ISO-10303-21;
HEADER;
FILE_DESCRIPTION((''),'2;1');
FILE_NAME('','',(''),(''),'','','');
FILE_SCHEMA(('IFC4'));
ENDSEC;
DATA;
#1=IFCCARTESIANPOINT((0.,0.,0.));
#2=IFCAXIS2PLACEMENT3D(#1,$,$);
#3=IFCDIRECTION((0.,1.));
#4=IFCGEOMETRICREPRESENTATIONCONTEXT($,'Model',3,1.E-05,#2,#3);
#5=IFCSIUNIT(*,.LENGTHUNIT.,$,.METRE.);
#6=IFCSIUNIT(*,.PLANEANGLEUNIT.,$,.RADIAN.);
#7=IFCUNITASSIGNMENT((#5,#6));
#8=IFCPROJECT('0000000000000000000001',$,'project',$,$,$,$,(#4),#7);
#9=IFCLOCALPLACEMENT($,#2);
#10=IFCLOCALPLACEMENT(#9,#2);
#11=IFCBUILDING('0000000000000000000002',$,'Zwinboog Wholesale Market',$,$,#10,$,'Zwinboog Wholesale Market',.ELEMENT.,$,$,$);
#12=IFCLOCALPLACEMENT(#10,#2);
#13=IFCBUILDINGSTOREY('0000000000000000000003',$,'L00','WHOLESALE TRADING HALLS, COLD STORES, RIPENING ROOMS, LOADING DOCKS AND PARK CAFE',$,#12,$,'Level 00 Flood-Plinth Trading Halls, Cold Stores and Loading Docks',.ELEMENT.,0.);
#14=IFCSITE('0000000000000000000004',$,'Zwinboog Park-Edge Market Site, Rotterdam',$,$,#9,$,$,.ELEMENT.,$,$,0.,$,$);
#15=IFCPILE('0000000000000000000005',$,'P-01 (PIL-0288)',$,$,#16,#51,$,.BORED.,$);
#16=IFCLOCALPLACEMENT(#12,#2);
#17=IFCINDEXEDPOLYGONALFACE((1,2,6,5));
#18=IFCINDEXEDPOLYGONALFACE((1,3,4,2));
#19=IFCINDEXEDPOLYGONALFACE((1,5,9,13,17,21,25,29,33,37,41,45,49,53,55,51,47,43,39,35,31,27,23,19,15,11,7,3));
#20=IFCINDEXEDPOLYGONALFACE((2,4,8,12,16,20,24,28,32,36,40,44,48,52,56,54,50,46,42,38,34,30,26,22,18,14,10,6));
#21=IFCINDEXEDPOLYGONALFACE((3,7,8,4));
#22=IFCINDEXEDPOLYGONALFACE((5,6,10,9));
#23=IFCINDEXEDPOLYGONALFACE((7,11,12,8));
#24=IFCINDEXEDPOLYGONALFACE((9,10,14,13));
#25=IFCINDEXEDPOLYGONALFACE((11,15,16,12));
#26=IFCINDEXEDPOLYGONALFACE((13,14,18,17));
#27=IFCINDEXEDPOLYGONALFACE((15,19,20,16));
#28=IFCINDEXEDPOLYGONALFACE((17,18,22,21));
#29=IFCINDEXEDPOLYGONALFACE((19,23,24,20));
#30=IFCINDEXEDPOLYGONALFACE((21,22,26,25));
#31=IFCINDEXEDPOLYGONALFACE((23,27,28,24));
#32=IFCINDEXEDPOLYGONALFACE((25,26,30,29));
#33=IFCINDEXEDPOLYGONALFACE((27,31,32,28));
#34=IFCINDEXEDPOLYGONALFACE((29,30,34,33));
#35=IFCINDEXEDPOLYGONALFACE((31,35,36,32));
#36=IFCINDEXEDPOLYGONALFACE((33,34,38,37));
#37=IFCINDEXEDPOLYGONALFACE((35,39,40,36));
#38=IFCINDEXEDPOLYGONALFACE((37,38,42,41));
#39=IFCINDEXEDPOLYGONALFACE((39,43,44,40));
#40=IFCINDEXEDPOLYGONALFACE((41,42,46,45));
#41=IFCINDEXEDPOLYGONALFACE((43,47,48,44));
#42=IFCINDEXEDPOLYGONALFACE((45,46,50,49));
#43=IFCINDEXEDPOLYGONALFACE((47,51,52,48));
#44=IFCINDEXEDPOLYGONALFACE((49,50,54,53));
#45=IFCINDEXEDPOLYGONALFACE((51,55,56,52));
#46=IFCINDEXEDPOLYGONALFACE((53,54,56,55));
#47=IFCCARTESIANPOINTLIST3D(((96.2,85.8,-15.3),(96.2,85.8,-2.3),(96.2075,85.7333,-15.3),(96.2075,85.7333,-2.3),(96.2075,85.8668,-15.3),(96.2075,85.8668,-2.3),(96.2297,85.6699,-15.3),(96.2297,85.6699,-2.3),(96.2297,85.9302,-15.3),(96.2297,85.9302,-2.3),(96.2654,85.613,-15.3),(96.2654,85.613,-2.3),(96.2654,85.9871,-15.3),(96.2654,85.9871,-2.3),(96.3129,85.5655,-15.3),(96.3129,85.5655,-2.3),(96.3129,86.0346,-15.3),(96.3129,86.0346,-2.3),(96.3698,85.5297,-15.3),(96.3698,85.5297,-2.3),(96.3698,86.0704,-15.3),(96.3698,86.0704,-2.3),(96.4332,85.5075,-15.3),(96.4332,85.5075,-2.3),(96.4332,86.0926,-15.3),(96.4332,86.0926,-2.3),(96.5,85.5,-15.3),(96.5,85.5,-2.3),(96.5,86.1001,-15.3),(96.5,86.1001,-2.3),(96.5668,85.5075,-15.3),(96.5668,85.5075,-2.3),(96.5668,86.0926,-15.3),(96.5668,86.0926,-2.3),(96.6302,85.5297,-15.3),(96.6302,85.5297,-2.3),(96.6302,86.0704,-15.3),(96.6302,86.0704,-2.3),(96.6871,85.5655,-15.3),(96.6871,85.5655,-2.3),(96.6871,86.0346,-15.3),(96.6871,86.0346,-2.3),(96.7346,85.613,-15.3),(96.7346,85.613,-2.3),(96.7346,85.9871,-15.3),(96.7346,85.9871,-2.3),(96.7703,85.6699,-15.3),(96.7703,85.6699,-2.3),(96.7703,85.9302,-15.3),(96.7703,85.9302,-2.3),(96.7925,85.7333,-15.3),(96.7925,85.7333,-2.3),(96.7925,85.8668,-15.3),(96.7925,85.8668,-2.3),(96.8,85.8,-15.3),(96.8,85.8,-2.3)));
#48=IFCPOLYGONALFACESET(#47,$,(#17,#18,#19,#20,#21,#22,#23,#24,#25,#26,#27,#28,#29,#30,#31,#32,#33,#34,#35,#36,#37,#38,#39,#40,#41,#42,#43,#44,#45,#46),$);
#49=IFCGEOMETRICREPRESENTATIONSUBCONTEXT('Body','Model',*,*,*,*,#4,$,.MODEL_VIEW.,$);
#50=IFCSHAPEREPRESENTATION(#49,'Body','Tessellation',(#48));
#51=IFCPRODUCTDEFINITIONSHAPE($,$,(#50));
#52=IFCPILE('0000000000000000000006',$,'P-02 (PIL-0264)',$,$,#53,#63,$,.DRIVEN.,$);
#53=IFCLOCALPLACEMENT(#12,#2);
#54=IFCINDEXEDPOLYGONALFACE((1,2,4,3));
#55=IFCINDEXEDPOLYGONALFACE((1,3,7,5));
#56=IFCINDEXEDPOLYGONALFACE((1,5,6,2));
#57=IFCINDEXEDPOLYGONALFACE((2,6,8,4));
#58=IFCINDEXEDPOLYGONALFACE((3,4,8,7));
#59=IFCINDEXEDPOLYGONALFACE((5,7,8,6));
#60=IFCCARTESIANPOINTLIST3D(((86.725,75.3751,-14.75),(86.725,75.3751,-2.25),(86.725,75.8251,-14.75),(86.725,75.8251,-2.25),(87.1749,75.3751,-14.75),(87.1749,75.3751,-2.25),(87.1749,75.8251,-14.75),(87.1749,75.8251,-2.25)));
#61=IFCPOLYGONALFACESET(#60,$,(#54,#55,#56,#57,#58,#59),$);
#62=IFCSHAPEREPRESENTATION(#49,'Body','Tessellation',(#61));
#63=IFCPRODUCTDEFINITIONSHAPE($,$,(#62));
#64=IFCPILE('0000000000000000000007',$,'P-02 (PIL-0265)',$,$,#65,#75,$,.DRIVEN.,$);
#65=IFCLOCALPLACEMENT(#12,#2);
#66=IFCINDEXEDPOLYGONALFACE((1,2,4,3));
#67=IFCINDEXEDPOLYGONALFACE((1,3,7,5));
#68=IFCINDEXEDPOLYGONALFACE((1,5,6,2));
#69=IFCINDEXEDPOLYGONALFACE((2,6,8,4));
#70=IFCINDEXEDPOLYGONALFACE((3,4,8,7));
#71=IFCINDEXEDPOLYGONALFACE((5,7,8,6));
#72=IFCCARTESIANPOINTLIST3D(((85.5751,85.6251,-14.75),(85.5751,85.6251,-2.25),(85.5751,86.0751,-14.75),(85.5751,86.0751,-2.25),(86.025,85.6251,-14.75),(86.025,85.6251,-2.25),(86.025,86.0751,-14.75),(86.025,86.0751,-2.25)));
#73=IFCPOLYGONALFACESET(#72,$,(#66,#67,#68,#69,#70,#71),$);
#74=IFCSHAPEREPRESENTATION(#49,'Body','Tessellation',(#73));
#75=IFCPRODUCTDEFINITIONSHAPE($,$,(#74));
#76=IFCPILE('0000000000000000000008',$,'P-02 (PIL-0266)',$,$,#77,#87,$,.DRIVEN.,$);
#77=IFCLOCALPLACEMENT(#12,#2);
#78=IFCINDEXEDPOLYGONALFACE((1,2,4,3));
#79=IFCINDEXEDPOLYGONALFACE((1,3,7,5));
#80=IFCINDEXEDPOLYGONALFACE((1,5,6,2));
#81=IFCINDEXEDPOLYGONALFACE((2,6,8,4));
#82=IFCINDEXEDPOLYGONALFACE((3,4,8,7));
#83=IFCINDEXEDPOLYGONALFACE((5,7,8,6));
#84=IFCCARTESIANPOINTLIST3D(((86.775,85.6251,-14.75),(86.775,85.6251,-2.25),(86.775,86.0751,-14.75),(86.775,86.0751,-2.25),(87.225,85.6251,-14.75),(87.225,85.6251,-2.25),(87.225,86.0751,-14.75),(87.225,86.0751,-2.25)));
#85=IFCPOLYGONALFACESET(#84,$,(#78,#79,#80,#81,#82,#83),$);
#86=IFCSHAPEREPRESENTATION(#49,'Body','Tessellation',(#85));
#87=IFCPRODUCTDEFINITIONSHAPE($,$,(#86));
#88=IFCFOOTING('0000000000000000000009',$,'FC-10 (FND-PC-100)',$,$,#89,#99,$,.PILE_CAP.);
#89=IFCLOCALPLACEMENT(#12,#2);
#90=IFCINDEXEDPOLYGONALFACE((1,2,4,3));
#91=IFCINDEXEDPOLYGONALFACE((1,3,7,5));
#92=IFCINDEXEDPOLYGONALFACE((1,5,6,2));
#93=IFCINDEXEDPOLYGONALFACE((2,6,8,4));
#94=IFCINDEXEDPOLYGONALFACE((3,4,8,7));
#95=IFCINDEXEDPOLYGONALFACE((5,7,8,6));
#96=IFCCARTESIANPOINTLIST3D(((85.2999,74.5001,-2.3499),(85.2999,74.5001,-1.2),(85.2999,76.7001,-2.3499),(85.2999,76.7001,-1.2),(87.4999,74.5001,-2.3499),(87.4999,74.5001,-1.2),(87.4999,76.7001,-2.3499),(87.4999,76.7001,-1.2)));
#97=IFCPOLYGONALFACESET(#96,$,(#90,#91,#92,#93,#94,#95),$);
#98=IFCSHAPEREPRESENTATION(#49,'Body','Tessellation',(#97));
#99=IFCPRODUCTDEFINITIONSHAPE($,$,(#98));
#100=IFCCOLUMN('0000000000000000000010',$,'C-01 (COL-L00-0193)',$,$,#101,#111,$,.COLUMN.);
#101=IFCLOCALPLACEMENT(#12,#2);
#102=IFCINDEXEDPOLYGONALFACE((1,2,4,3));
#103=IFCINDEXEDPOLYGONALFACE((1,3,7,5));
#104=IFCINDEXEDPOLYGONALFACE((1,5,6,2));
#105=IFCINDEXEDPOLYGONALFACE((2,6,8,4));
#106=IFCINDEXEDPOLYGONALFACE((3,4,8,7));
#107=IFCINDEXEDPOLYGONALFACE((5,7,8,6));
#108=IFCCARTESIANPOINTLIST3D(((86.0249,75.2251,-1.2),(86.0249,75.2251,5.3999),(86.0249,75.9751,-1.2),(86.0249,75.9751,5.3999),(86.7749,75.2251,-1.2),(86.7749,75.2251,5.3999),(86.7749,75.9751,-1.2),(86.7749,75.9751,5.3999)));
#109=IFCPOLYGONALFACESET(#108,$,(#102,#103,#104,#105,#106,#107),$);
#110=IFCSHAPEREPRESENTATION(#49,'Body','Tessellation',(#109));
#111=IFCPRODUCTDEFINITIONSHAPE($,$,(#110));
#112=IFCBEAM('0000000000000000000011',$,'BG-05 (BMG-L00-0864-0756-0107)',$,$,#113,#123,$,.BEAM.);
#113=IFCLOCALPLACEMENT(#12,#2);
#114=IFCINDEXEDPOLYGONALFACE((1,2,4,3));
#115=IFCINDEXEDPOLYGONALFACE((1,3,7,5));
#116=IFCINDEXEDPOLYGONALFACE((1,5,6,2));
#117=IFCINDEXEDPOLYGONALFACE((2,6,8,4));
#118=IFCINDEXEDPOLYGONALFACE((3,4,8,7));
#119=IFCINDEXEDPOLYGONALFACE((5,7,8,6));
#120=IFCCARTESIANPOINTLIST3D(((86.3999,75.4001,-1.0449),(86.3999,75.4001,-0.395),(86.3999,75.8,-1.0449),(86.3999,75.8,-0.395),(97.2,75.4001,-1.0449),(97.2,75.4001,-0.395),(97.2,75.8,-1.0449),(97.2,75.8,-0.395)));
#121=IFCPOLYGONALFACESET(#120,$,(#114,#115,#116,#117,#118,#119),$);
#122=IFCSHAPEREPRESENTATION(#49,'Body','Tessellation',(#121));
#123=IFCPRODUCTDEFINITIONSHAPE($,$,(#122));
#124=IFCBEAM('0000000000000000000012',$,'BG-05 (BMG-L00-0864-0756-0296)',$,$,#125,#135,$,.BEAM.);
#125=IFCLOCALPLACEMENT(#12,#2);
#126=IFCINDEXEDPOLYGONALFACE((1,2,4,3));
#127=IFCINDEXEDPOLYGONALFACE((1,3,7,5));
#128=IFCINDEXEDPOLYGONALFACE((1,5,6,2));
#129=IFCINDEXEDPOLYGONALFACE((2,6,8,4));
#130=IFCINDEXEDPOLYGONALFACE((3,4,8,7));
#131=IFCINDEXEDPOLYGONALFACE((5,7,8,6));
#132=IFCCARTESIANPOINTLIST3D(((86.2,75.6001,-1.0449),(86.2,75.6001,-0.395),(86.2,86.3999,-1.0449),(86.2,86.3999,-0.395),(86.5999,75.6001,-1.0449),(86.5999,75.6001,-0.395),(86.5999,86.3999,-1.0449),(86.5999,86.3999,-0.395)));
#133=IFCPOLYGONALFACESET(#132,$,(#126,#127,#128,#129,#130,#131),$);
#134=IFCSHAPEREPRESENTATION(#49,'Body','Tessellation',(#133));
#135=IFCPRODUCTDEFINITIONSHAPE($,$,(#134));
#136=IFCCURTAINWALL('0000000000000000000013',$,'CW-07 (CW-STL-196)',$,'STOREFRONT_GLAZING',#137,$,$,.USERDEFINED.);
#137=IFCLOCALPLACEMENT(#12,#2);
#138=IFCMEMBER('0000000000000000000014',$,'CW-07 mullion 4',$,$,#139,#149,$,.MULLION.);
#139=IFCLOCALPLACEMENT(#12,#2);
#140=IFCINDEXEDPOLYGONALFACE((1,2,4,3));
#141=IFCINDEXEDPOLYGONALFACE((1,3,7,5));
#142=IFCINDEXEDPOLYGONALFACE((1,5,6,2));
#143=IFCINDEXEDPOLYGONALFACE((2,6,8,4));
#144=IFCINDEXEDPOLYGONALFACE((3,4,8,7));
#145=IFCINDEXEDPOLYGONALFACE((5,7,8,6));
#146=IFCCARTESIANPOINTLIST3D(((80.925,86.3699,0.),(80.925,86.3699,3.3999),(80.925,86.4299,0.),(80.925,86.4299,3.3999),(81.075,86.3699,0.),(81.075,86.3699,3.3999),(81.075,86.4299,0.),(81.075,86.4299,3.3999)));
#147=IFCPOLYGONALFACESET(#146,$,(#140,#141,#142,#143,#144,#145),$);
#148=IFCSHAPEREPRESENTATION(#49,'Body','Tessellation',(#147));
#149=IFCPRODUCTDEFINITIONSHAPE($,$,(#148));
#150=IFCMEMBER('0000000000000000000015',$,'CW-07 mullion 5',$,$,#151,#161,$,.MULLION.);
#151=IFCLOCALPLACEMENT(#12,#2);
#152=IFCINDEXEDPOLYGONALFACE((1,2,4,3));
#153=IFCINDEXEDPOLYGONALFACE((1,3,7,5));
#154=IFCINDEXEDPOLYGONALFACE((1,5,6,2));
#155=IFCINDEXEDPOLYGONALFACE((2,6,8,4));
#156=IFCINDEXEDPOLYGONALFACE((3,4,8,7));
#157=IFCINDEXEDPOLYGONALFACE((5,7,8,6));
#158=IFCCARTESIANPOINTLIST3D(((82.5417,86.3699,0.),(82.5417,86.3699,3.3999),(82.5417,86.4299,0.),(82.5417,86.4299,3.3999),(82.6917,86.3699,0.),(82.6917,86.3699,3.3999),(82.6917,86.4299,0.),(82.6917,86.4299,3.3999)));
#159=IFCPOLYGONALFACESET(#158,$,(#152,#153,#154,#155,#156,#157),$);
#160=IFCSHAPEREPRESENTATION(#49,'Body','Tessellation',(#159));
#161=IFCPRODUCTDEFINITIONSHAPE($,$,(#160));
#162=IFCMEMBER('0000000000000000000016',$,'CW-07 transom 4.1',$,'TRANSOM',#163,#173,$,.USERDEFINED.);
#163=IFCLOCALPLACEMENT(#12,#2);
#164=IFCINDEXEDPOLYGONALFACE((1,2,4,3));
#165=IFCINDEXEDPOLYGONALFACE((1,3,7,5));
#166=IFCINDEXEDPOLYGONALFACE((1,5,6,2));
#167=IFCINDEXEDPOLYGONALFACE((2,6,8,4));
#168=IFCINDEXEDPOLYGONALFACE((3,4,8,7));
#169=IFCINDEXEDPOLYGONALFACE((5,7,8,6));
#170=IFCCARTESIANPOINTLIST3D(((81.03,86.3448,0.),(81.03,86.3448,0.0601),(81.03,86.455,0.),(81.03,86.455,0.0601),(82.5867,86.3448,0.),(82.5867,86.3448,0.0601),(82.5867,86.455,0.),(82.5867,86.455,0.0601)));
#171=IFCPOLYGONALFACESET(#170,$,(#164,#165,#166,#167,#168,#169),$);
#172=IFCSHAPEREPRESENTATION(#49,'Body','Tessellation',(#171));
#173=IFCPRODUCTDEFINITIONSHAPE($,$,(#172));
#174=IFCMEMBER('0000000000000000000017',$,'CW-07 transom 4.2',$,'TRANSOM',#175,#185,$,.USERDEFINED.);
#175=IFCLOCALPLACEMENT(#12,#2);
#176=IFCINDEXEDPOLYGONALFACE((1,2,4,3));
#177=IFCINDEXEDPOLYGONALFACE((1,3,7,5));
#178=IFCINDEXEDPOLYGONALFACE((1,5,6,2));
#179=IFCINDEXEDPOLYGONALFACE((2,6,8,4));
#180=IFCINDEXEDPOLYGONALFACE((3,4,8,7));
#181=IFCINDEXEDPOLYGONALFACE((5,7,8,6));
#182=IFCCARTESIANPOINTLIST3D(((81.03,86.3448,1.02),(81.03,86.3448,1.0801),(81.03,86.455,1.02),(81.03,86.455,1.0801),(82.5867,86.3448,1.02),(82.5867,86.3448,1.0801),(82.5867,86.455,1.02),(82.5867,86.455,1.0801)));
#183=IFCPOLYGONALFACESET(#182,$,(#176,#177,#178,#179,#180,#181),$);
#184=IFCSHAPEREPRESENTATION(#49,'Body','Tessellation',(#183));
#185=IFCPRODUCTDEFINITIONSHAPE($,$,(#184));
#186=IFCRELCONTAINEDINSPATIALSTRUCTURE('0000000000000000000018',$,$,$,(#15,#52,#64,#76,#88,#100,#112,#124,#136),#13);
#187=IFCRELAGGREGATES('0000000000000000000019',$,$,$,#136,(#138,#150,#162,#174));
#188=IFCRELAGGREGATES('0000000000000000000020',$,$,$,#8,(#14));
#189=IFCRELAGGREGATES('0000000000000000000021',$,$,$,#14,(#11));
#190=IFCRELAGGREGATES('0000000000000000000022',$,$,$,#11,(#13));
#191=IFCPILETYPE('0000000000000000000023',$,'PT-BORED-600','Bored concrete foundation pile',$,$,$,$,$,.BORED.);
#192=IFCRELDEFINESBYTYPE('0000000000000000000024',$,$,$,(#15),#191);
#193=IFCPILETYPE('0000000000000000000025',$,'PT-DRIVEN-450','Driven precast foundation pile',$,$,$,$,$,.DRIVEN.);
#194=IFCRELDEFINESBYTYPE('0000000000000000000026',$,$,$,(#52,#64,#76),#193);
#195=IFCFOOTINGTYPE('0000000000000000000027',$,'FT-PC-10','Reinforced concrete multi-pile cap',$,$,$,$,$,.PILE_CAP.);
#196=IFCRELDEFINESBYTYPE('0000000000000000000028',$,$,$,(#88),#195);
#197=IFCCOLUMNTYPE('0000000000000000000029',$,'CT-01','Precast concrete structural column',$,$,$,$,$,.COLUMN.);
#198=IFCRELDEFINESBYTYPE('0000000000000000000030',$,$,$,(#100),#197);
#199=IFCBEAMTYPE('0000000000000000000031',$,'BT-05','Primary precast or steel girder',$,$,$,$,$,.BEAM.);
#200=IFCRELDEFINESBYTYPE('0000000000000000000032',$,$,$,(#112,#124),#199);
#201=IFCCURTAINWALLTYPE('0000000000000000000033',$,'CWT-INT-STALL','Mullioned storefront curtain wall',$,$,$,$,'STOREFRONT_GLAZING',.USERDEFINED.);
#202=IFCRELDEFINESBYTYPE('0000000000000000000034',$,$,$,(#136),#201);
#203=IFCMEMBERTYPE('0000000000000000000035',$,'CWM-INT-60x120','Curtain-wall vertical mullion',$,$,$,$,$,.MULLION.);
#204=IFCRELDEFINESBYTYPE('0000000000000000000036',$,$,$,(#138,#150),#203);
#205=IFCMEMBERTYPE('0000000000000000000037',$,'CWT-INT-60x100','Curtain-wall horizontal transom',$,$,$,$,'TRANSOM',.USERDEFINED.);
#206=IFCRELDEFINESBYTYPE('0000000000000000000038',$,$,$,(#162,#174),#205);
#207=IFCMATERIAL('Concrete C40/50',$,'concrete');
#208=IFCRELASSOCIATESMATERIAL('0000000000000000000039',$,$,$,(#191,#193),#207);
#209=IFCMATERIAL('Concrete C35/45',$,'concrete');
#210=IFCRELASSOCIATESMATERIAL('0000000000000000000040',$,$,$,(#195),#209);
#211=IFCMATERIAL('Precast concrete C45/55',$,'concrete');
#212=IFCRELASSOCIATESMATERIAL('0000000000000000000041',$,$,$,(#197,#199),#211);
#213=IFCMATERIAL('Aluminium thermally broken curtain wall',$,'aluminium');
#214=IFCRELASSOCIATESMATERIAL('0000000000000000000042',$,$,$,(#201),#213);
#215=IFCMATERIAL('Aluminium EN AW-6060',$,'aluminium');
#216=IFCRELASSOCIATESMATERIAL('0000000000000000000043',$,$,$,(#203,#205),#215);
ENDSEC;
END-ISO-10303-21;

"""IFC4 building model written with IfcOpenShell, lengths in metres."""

from ifc_helpers import new_model, si_unit, direction, frame, origin, origin_2d, place, context, subcontext, project, spatial, rectangle, circle, extrude, material, material_profile, profile_set, type_object, element, aggregate, save


model = new_model("IFC4")

# Units and contexts
model_context = context("Model", 3, precision=1e-05, world=origin(), true_north=direction((0.0, 1.0)))
body_context = subcontext(model_context, "Body", "Model", "MODEL_VIEW")
ifc_project = project(units=[si_unit("LENGTHUNIT", "METRE"), si_unit("PLANEANGLEUNIT", "RADIAN")], contexts=[model_context])

# Site, building, storey
site_placement = place(None, origin())
site = spatial("IfcSite", under=ifc_project, at=site_placement, Name="Zwinboog Park-Edge Market Site, Rotterdam", CompositionType="ELEMENT", RefElevation=0.0)
building_placement = place(site_placement, origin())
building = spatial("IfcBuilding", under=site, at=building_placement, Name="Zwinboog Wholesale Market", LongName="Zwinboog Wholesale Market", CompositionType="ELEMENT")
storey_placement = place(building_placement, origin())
storey = spatial("IfcBuildingStorey", under=building, at=storey_placement, Name="L00", Description="WHOLESALE TRADING HALLS, COLD STORES, RIPENING ROOMS, LOADING DOCKS AND PARK CAFE", LongName="Level 00 Flood-Plinth Trading Halls, Cold Stores and Loading Docks", CompositionType="ELEMENT", Elevation=0.0)

# Piles
ifc_material_1 = material(Name="Concrete C40/50", Category="concrete")
ifc_material_profile_1 = material_profile(ifc_material_1, circle(Radius=0.3, at=origin_2d()), Name="PILE D600")
ifc_profile_set_1 = profile_set([ifc_material_profile_1], Name="Concrete C40/50")
pile_type_1 = type_object("IfcPileType", Name="PT-BORED-600", Description="Bored concrete foundation pile", PredefinedType="BORED", material=ifc_profile_set_1)
pile_placement = place(storey_placement, frame((96.5, 85.8, -2.3), z_axis=(0.0, 0.0, -1.0), x_axis=(1.0, 0.0, 0.0)))
element("IfcPile", 1, at=pile_placement, inside=storey, type_object=pile_type_1, Name="P-01 (PIL-0288)", PredefinedType="BORED", context=body_context, shape_type="SweptSolid", body=[
    extrude(circle(Radius=0.3, at=origin_2d()), origin(), (0.0, 0.0, 1.0), 13.0),
])
ifc_material_profile_2 = material_profile(ifc_material_1, rectangle(XDim=0.45, YDim=0.45, at=origin_2d()), Name="PILE SQ450")
ifc_profile_set_2 = profile_set([ifc_material_profile_2], Name="Concrete C40/50")
pile_type_2 = type_object("IfcPileType", Name="PT-DRIVEN-450", Description="Driven precast foundation pile", PredefinedType="DRIVEN", material=ifc_profile_set_2)
for number, where, z_axis, x_axis, name in (
    (2, (86.95, 75.6001, -2.25), (0.0, 0.0, -1.0), (1.0, 0.0, 0.0), "P-02 (PIL-0264)"),
    (3, (85.8, 85.8501, -2.25), (0.0, 0.0, -1.0), (1.0, 0.0, 0.0), "P-02 (PIL-0265)"),
    (4, (87.0, 85.8501, -2.25), (0.0, 0.0, -1.0), (1.0, 0.0, 0.0), "P-02 (PIL-0266)"),
):
    element("IfcPile", number, at=place(storey_placement, frame(where, z_axis=z_axis, x_axis=x_axis)), inside=storey, type_object=pile_type_2, Name=name, PredefinedType="DRIVEN", context=body_context, shape_type="SweptSolid", body=[
        extrude(rectangle(XDim=0.45, YDim=0.45, at=origin_2d()), origin(), (0.0, 0.0, 1.0), 12.5),
    ])

# Footing
ifc_material_2 = material(Name="Concrete C35/45", Category="concrete")
footing_type = type_object("IfcFootingType", Name="FT-PC-10", Description="Reinforced concrete multi-pile cap", PredefinedType="PILE_CAP", material=ifc_material_2)
footing_placement = place(storey_placement, frame((86.3999, 75.6001, -2.3499), z_axis=(0.0, 0.0, 1.0), x_axis=(1.0, 0.0, 0.0)))
element("IfcFooting", 5, at=footing_placement, inside=storey, type_object=footing_type, Name="FC-10 (FND-PC-100)", PredefinedType="PILE_CAP", context=body_context, shape_type="SweptSolid", body=[
    extrude(rectangle(XDim=2.2, YDim=2.2, at=origin_2d()), origin(), (0.0, 0.0, 1.0), 1.1499),
])

# Column
ifc_material_3 = material(Name="Precast concrete C45/55", Category="concrete")
ifc_material_profile_3 = material_profile(ifc_material_3, rectangle(XDim=0.75, YDim=0.75, at=origin_2d()), Name="PC 750x750")
ifc_profile_set_3 = profile_set([ifc_material_profile_3], Name="Precast concrete C45/55")
column_type = type_object("IfcColumnType", Name="CT-01", Description="Precast concrete structural column", PredefinedType="COLUMN", material=ifc_profile_set_3)
column_placement = place(storey_placement, frame((86.3999, 75.6001, -1.2), z_axis=(0.0, 0.0, 1.0), x_axis=(1.0, 0.0, 0.0)))
element("IfcColumn", 6, at=column_placement, inside=storey, type_object=column_type, Name="C-01 (COL-L00-0193)", PredefinedType="COLUMN", context=body_context, shape_type="SweptSolid", body=[
    extrude(rectangle(XDim=0.75, YDim=0.75, at=origin_2d()), origin(), (0.0, 0.0, 1.0), 6.5999),
])

# Beams
ifc_material_profile_4 = material_profile(ifc_material_3, rectangle(XDim=0.3999, YDim=0.6499, at=origin_2d()), Name="PC 400x650")
ifc_profile_set_4 = profile_set([ifc_material_profile_4], Name="Precast concrete C45/55")
beam_type = type_object("IfcBeamType", Name="BT-05", Description="Primary precast or steel girder", PredefinedType="BEAM", material=ifc_profile_set_4)
beam_1_placement = place(storey_placement, frame((86.3999, 75.6001, -0.72), z_axis=(1.0, 0.0, 0.0), x_axis=(0.0, 1.0, 0.0)))
element("IfcBeam", 7, at=beam_1_placement, inside=storey, type_object=beam_type, Name="BG-05 (BMG-L00-0864-0756-0107)", PredefinedType="BEAM", context=body_context, shape_type="SweptSolid", body=[
    extrude(rectangle(XDim=0.3999, YDim=0.6499, at=origin_2d()), origin(), (0.0, 0.0, 1.0), 10.8),
])
beam_2_placement = place(storey_placement, frame((86.3999, 75.6001, -0.72), z_axis=(0.0, 1.0, 0.0), x_axis=(-1.0, 0.0, 0.0)))
element("IfcBeam", 8, at=beam_2_placement, inside=storey, type_object=beam_type, Name="BG-05 (BMG-L00-0864-0756-0296)", PredefinedType="BEAM", context=body_context, shape_type="SweptSolid", body=[
    extrude(rectangle(XDim=0.3999, YDim=0.6499, at=origin_2d()), origin(), (0.0, 0.0, 1.0), 10.7998),
])

# Curtain wall, members
ifc_material_4 = material(Name="Aluminium thermally broken curtain wall", Category="aluminium")
curtain_wall_type = type_object("IfcCurtainWallType", Name="CWT-INT-STALL", Description="Mullioned storefront curtain wall", ElementType="STOREFRONT_GLAZING", PredefinedType="USERDEFINED", material=ifc_material_4)
curtain_wall_placement = place(storey_placement, origin())
curtain_wall = element("IfcCurtainWall", 9, at=curtain_wall_placement, inside=storey, type_object=curtain_wall_type, Name="CW-07 (CW-STL-196)", ObjectType="STOREFRONT_GLAZING", PredefinedType="USERDEFINED")
ifc_material_5 = material(Name="Aluminium EN AW-6060", Category="aluminium")
ifc_material_profile_5 = material_profile(ifc_material_5, rectangle(XDim=0.0601, YDim=0.1499, at=origin_2d()), Name="AL 60x150")
ifc_profile_set_5 = profile_set([ifc_material_profile_5], Name="Aluminium EN AW-6060")
member_type_1 = type_object("IfcMemberType", Name="CWM-INT-60x120", Description="Curtain-wall vertical mullion", PredefinedType="MULLION", material=ifc_profile_set_5)
member_1_placement = place(storey_placement, frame((81.0, 86.3999, 0.0), z_axis=(0.0, 0.0, 1.0), x_axis=(0.0, 1.0, 0.0)))
member_1 = element("IfcMember", 10, at=member_1_placement, type_object=member_type_1, Name="CW-07 mullion 4", PredefinedType="MULLION", context=body_context, shape_type="SweptSolid", body=[
    extrude(rectangle(XDim=0.0601, YDim=0.1499, at=origin_2d()), origin(), (0.0, 0.0, 1.0), 3.3999),
])
member_2_placement = place(storey_placement, frame((82.6167, 86.3999, 0.0), z_axis=(0.0, 0.0, 1.0), x_axis=(0.0, 1.0, 0.0)))
member_2 = element("IfcMember", 11, at=member_2_placement, type_object=member_type_1, Name="CW-07 mullion 5", PredefinedType="MULLION", context=body_context, shape_type="SweptSolid", body=[
    extrude(rectangle(XDim=0.0601, YDim=0.1499, at=origin_2d()), origin(), (0.0, 0.0, 1.0), 3.3999),
])
ifc_material_profile_6 = material_profile(ifc_material_5, rectangle(XDim=0.1101, YDim=0.0601, at=origin_2d()), Name="AL 60x110")
ifc_profile_set_6 = profile_set([ifc_material_profile_6], Name="Aluminium EN AW-6060")
member_type_2 = type_object("IfcMemberType", Name="CWT-INT-60x100", Description="Curtain-wall horizontal transom", ElementType="TRANSOM", PredefinedType="USERDEFINED", material=ifc_profile_set_6)
member_3_placement = place(storey_placement, frame((81.03, 86.3999, 0.03), z_axis=(1.0, 0.0, 0.0), x_axis=(0.0, 1.0, 0.0)))
member_3 = element("IfcMember", 12, at=member_3_placement, type_object=member_type_2, Name="CW-07 transom 4.1", ObjectType="TRANSOM", PredefinedType="USERDEFINED", context=body_context, shape_type="SweptSolid", body=[
    extrude(rectangle(XDim=0.1101, YDim=0.0601, at=origin_2d()), origin(), (0.0, 0.0, 1.0), 1.5566),
])
member_4_placement = place(storey_placement, frame((81.03, 86.3999, 1.05), z_axis=(1.0, 0.0, 0.0), x_axis=(0.0, 1.0, 0.0)))
member_4 = element("IfcMember", 13, at=member_4_placement, type_object=member_type_2, Name="CW-07 transom 4.2", ObjectType="TRANSOM", PredefinedType="USERDEFINED", context=body_context, shape_type="SweptSolid", body=[
    extrude(rectangle(XDim=0.1101, YDim=0.0601, at=origin_2d()), origin(), (0.0, 0.0, 1.0), 1.5566),
])
aggregate(curtain_wall, [member_1, member_2, member_3, member_4])

save(model, "model.ifc")
